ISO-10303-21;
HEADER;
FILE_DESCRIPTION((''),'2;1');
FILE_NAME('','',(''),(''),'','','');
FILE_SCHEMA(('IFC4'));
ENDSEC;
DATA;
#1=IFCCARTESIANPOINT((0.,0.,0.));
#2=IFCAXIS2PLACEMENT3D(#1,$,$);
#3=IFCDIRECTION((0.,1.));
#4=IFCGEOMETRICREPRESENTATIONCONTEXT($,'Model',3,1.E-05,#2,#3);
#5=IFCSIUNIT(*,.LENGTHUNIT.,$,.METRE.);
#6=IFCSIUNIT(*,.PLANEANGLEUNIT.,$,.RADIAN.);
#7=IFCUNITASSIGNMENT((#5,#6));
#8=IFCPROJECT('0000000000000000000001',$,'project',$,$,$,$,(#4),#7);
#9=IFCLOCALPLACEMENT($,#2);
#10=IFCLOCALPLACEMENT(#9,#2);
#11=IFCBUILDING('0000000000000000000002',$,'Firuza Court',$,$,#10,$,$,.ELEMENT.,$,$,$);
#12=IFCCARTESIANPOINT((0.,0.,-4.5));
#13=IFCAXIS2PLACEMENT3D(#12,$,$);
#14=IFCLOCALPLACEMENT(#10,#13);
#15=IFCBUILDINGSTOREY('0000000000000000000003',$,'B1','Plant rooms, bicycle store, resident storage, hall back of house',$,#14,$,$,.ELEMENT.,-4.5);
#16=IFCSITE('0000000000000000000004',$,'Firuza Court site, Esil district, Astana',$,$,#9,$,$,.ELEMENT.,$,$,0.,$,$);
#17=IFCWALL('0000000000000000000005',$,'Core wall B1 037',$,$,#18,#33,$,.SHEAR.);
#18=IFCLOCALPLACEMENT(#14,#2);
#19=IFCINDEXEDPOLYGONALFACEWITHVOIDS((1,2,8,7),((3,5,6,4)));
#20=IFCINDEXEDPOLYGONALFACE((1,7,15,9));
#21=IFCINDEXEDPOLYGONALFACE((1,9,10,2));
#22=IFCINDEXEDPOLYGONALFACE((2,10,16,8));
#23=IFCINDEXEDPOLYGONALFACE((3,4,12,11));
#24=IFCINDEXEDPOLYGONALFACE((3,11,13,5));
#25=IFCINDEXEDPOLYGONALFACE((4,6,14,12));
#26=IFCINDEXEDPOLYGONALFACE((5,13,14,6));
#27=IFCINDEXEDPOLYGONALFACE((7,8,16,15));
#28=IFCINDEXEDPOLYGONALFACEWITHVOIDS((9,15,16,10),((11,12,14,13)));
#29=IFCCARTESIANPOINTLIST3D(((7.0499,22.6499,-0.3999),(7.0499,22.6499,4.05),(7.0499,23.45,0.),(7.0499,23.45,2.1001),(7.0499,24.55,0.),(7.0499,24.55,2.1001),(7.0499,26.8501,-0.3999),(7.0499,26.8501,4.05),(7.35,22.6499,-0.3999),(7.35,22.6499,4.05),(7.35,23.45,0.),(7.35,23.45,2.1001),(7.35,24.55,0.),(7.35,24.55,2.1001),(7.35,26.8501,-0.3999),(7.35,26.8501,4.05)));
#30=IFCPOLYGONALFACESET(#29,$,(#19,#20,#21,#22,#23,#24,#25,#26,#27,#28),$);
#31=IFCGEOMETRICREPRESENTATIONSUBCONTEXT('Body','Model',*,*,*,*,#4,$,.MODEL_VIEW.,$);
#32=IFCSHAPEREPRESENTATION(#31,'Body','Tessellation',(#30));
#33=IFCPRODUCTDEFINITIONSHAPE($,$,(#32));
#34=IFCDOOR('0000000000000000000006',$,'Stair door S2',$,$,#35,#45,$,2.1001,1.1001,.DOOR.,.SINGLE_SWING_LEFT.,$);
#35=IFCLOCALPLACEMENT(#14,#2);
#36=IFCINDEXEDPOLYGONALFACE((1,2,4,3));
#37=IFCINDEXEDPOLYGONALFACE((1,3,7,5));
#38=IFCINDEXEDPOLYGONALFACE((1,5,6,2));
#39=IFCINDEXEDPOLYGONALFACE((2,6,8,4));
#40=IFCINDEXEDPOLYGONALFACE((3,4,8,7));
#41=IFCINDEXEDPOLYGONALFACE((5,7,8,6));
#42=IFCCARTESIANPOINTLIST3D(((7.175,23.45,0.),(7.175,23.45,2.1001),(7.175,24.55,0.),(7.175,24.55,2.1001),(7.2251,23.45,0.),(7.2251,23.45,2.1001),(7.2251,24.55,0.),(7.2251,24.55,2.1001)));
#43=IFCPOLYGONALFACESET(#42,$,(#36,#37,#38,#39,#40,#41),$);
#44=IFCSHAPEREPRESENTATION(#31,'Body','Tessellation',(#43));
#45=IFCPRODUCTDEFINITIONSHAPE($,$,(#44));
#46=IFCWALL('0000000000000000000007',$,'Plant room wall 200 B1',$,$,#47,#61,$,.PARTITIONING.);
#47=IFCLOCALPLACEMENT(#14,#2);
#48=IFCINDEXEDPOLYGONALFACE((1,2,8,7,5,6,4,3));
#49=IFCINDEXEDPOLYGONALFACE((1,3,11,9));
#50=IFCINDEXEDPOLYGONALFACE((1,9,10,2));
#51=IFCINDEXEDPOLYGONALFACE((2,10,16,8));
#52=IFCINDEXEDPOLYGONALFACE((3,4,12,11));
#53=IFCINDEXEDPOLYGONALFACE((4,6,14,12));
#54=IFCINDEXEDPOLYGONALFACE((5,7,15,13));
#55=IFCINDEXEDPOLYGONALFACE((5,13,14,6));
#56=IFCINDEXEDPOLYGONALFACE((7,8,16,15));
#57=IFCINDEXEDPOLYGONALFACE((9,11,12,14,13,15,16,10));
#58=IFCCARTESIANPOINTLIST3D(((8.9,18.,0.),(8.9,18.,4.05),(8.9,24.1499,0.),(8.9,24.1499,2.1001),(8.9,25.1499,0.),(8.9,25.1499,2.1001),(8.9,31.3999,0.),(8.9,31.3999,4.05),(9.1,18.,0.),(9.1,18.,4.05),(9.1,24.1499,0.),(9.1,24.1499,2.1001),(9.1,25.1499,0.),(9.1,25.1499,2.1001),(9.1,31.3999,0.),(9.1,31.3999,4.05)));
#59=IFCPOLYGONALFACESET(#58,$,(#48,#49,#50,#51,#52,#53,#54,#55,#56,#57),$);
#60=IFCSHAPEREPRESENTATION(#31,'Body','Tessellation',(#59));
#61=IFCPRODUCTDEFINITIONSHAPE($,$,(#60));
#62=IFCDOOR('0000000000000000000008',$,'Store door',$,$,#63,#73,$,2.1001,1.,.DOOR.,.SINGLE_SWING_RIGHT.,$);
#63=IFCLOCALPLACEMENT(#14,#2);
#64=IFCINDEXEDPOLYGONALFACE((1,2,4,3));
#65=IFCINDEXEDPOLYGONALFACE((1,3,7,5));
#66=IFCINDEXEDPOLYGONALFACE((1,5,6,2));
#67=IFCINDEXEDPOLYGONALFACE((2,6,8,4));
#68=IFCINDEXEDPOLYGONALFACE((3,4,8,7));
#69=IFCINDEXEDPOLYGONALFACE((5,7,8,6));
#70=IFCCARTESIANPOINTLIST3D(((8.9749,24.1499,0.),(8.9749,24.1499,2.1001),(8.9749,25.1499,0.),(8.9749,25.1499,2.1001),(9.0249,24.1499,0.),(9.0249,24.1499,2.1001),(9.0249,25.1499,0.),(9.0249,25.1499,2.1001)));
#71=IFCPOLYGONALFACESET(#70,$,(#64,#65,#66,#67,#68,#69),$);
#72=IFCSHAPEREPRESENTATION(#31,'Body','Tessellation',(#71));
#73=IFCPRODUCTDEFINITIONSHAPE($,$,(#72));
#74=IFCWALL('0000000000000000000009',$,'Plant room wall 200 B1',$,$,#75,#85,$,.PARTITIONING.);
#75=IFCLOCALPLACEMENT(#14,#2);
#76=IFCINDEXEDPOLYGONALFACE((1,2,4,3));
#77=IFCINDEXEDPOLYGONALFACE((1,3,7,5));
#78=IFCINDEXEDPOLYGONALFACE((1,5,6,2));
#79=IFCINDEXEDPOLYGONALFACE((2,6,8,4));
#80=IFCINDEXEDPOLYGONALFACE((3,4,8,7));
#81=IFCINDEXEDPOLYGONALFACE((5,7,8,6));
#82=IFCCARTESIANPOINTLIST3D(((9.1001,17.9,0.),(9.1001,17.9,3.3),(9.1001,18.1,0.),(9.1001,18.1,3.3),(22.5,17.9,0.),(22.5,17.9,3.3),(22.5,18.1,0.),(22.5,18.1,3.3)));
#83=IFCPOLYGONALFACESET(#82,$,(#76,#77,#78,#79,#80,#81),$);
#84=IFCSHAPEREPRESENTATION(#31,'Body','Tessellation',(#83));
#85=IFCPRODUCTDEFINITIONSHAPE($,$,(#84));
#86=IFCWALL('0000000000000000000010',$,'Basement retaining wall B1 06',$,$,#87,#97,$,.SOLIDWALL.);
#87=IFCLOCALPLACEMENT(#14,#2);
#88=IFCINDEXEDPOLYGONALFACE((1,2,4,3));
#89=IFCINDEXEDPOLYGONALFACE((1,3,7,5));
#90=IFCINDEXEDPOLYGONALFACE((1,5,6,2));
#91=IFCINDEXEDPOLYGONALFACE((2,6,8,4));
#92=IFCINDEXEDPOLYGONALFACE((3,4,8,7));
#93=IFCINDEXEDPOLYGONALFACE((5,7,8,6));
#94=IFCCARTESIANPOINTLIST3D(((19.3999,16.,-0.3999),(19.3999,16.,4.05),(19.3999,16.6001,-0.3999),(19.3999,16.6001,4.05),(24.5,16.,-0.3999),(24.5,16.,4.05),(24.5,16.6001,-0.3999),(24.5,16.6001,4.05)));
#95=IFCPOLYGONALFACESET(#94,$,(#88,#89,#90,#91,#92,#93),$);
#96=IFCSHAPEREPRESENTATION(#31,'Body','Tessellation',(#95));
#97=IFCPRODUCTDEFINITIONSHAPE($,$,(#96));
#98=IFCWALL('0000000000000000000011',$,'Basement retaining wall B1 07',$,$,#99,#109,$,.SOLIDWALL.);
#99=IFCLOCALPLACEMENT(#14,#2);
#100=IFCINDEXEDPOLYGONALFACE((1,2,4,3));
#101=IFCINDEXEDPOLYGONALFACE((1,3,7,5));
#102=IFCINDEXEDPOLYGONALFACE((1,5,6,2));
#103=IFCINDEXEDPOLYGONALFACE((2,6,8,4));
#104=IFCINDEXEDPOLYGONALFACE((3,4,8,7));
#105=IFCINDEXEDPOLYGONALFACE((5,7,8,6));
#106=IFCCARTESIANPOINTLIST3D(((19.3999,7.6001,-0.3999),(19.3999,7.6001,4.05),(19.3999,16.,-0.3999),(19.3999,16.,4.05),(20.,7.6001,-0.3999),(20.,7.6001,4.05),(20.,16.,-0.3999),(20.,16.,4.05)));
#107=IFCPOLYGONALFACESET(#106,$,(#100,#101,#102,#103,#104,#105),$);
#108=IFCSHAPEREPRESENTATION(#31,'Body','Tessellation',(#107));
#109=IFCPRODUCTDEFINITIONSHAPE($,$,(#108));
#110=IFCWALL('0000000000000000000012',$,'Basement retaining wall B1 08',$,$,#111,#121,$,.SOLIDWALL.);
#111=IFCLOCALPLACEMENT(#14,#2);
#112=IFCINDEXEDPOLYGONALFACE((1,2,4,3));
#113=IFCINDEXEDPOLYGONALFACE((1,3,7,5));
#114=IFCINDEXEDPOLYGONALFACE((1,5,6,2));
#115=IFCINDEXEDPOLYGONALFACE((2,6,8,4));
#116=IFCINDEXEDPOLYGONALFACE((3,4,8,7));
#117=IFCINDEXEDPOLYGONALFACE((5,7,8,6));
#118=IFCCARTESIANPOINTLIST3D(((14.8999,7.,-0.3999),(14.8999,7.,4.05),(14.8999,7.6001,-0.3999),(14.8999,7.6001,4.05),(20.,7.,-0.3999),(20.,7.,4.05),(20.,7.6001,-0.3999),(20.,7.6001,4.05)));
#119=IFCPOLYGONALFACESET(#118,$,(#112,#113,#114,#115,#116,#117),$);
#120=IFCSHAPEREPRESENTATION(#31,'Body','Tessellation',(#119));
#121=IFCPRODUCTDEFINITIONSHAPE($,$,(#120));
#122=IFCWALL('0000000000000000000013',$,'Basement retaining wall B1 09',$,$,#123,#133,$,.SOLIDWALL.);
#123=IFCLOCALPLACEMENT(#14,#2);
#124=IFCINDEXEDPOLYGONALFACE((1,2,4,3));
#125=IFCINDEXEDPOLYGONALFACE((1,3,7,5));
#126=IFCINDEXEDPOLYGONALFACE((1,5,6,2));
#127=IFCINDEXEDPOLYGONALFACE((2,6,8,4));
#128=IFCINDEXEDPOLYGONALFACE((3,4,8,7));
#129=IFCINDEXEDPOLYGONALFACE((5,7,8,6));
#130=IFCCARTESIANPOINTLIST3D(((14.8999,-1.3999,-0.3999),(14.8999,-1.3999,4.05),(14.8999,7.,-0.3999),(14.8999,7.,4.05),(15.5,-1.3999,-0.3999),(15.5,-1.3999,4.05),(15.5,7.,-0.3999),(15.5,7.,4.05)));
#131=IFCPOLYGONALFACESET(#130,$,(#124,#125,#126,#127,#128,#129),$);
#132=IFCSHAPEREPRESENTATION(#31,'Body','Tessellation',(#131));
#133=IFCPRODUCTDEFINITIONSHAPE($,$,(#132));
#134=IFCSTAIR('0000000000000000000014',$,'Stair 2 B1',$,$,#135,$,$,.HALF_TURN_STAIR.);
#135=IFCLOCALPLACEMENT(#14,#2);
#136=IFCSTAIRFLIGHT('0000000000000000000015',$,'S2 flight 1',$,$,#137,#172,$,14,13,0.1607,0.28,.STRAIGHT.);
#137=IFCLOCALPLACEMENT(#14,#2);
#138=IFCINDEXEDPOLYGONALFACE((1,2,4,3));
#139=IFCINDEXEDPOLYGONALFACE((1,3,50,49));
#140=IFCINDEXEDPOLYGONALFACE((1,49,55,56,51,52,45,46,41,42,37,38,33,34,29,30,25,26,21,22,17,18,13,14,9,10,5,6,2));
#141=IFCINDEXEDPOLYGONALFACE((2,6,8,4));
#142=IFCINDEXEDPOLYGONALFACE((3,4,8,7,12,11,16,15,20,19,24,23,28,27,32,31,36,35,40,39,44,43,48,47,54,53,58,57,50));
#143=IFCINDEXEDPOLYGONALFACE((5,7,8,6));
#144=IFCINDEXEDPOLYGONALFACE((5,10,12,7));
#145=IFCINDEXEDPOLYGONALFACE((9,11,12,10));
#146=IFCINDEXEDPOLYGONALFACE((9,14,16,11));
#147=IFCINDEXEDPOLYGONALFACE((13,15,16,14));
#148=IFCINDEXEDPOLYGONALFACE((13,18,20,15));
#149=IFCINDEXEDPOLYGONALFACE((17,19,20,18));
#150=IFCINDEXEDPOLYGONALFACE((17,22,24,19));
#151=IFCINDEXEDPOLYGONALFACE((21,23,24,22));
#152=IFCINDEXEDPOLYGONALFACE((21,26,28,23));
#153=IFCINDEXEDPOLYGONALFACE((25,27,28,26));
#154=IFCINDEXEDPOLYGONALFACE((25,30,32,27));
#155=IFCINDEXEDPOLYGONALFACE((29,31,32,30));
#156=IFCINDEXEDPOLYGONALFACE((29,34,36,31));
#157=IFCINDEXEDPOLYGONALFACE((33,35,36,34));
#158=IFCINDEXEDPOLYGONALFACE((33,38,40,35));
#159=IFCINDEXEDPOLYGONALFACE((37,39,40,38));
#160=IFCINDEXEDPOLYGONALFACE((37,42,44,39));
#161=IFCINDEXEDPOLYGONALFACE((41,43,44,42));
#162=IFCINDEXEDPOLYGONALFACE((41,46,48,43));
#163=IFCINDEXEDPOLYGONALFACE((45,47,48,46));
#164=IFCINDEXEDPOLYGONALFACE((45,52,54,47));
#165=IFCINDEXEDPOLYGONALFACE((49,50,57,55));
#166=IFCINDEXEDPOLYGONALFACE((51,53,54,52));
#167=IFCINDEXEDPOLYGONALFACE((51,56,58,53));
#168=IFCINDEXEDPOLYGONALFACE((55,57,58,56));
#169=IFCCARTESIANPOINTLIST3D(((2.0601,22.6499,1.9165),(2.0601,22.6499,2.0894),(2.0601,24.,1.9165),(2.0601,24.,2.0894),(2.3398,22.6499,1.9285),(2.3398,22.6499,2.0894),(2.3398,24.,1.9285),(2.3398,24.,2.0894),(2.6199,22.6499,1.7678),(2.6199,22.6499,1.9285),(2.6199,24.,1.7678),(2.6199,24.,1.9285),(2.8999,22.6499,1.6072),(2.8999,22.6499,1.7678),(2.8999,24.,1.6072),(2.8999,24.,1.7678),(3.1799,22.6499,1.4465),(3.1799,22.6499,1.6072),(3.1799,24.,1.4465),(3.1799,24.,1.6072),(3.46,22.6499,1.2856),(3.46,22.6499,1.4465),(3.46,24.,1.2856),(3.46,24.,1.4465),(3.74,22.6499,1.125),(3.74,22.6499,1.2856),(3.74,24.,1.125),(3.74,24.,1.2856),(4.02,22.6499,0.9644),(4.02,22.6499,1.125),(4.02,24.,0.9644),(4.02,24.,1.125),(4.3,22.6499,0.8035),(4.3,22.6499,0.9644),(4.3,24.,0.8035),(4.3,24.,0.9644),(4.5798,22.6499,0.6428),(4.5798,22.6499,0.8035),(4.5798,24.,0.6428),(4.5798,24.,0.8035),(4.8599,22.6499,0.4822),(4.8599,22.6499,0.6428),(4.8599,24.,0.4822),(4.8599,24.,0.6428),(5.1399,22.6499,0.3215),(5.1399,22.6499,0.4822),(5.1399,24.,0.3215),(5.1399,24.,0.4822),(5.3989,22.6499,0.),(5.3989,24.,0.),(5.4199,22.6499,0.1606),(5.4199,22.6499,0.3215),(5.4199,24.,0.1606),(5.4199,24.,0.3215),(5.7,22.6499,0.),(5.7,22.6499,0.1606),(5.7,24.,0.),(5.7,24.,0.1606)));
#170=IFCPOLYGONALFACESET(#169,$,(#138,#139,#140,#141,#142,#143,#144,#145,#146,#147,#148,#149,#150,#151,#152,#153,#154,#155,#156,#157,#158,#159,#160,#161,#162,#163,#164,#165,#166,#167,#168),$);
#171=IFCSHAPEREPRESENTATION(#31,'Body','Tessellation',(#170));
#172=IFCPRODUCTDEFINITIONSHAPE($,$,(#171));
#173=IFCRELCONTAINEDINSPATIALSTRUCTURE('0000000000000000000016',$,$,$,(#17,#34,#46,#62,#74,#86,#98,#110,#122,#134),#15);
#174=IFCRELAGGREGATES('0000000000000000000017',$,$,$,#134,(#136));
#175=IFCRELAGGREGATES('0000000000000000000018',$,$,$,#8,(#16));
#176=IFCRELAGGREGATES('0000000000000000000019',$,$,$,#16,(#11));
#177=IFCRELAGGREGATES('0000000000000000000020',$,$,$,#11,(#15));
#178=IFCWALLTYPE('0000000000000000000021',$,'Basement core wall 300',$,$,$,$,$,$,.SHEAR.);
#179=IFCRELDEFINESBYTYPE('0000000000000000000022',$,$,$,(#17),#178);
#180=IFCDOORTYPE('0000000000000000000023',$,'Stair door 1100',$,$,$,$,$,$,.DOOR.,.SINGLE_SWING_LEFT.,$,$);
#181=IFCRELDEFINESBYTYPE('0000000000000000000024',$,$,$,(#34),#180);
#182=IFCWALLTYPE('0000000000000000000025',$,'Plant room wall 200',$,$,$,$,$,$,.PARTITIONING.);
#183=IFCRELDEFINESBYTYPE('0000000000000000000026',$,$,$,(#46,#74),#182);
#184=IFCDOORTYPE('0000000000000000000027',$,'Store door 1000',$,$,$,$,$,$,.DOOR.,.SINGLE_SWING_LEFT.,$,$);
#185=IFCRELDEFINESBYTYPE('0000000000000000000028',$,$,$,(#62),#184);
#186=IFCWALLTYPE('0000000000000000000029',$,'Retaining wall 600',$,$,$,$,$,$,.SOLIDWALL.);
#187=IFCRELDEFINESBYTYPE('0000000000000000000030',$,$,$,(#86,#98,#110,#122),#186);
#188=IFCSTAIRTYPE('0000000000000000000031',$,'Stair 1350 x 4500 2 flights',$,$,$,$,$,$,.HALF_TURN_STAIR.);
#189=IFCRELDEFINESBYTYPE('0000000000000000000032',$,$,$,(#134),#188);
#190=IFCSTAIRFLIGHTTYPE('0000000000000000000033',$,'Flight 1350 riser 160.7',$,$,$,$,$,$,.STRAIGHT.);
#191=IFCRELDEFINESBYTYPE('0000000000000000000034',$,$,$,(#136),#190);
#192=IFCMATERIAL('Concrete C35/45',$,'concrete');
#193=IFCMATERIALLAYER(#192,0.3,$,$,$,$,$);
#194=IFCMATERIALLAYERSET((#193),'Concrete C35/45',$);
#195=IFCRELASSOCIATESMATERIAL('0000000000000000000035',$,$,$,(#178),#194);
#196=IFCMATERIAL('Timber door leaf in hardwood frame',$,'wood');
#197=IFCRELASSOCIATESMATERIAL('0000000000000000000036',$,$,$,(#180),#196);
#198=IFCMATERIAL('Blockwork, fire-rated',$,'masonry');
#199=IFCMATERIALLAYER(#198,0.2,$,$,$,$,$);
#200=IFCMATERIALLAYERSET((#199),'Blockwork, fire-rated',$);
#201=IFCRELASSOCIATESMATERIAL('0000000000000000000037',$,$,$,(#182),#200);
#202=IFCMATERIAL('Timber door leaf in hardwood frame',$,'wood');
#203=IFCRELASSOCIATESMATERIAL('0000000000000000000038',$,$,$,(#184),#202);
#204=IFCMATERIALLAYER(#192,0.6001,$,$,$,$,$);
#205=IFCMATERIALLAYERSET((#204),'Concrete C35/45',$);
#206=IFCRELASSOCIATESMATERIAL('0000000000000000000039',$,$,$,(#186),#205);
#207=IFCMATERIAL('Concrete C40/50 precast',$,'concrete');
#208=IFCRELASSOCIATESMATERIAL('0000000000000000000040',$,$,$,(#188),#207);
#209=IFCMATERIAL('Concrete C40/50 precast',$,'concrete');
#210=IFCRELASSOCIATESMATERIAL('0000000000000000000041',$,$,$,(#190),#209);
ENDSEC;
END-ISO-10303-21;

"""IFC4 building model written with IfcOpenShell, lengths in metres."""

from ifc_helpers import new_model, si_unit, direction, frame, frame_2d, origin, place, context, subcontext, project, spatial, polyline, rectangle, outline, extrude, material, layer, layer_set, type_object, element, fill, aggregate, save


model = new_model("IFC4")

# Units and contexts
model_context = context("Model", 3, precision=1e-05, world=origin(), true_north=direction((0.0, 1.0)))
body_context = subcontext(model_context, "Body", "Model", "MODEL_VIEW")
ifc_project = project(units=[si_unit("LENGTHUNIT", "METRE"), si_unit("PLANEANGLEUNIT", "RADIAN")], contexts=[model_context])

# Site, building, storey
site_placement = place(None, origin())
site = spatial("IfcSite", under=ifc_project, at=site_placement, Name="Firuza Court site, Esil district, Astana", CompositionType="ELEMENT", RefElevation=0.0)
building_placement = place(site_placement, origin())
building = spatial("IfcBuilding", under=site, at=building_placement, Name="Firuza Court", CompositionType="ELEMENT")
storey_placement = place(building_placement, frame((0.0, 0.0, -4.5)))
storey = spatial("IfcBuildingStorey", under=building, at=storey_placement, Name="B1", Description="Plant rooms, bicycle store, resident storage, hall back of house", CompositionType="ELEMENT", Elevation=-4.5)

# Shared definitions
ifc_material_1 = material(Name="Concrete C35/45", Category="concrete")
ifc_layer_1 = layer(ifc_material_1, 0.3)
ifc_layer_set_1 = layer_set([ifc_layer_1], Name="Concrete C35/45")
wall_type_1 = type_object("IfcWallType", Name="Basement core wall 300", PredefinedType="SHEAR", material=ifc_layer_set_1)

# Walls, openings, doors
wall_1_placement = place(storey_placement, frame((7.2, 22.6499, -0.3999), z_axis=(0.0, 0.0, 1.0), x_axis=(0.0, 1.0, 0.0)))
wall_1 = element("IfcWall", 1, at=wall_1_placement, inside=storey, type_object=wall_type_1, Name="Core wall B1 037", PredefinedType="SHEAR", context=body_context, shape_type="SweptSolid", body=[
    extrude(rectangle(XDim=4.2002, YDim=0.3, at=frame_2d((2.1001, 0.0))), origin(), (0.0, 0.0, 1.0), 4.45),
])
opening_1_placement = place(wall_1_placement, frame((0.8, 0.0, 0.3999)))
opening_1 = element("IfcOpeningElement", 2, at=opening_1_placement, cuts=wall_1, PredefinedType="OPENING", context=body_context, shape_type="SweptSolid", body=[
    extrude(rectangle(XDim=1.1001, YDim=2.1001, at=frame_2d((0.55, 1.05))), frame((0.0, 0.1621, 0.0), z_axis=(0.0, -1.0, 0.0), x_axis=(1.0, 0.0, 0.0)), (0.0, 0.0, 1.0), 0.324),
])
ifc_material_2 = material(Name="Timber door leaf in hardwood frame", Category="wood")
door_type_1 = type_object("IfcDoorType", Name="Stair door 1100", OperationType="SINGLE_SWING_LEFT", PredefinedType="DOOR", material=ifc_material_2)
door_1_placement = place(opening_1_placement, origin())
door_1 = element("IfcDoor", 3, at=door_1_placement, inside=storey, type_object=door_type_1, Name="Stair door S2", OperationType="SINGLE_SWING_LEFT", OverallHeight=2.1001, OverallWidth=1.1001, PredefinedType="DOOR", context=body_context, shape_type="SweptSolid", body=[
    extrude(rectangle(XDim=1.1001, YDim=2.1001, at=frame_2d((0.55, 1.05))), frame((0.0, 0.0249, 0.0), z_axis=(0.0, -1.0, 0.0), x_axis=(1.0, 0.0, 0.0)), (0.0, 0.0, 1.0), 0.05),
])
fill(opening_1, door_1)
ifc_material_3 = material(Name="Blockwork, fire-rated", Category="masonry")
ifc_layer_2 = layer(ifc_material_3, 0.2)
ifc_layer_set_2 = layer_set([ifc_layer_2], Name="Blockwork, fire-rated")
wall_type_2 = type_object("IfcWallType", Name="Plant room wall 200", PredefinedType="PARTITIONING", material=ifc_layer_set_2)
wall_2_placement = place(storey_placement, frame((9.0, 18.0, 0.0), z_axis=(0.0, 0.0, 1.0), x_axis=(0.0, 1.0, 0.0)))
wall_2 = element("IfcWall", 4, at=wall_2_placement, inside=storey, type_object=wall_type_2, Name="Plant room wall 200 B1", PredefinedType="PARTITIONING", context=body_context, shape_type="SweptSolid", body=[
    extrude(rectangle(XDim=13.3999, YDim=0.2, at=frame_2d((6.7, 0.0))), origin(), (0.0, 0.0, 1.0), 4.05),
])
opening_2_placement = place(wall_2_placement, frame((6.1499, 0.0, 0.0)))
opening_2 = element("IfcOpeningElement", 5, at=opening_2_placement, cuts=wall_2, PredefinedType="OPENING", context=body_context, shape_type="SweptSolid", body=[
    extrude(rectangle(XDim=1.0, YDim=2.1001, at=frame_2d((0.5, 1.05))), frame((0.0, 0.1118, 0.0), z_axis=(0.0, -1.0, 0.0), x_axis=(1.0, 0.0, 0.0)), (0.0, 0.0, 1.0), 0.2239),
])
ifc_material_4 = material(Name="Timber door leaf in hardwood frame", Category="wood")
door_type_2 = type_object("IfcDoorType", Name="Store door 1000", OperationType="SINGLE_SWING_LEFT", PredefinedType="DOOR", material=ifc_material_4)
door_2_placement = place(opening_2_placement, frame((1.0, 0.0, 0.0), z_axis=(0.0, 0.0, 1.0), x_axis=(-1.0, 0.0, 0.0)))
door_2 = element("IfcDoor", 6, at=door_2_placement, inside=storey, type_object=door_type_2, Name="Store door", OperationType="SINGLE_SWING_RIGHT", OverallHeight=2.1001, OverallWidth=1.0, PredefinedType="DOOR", context=body_context, shape_type="SweptSolid", body=[
    extrude(rectangle(XDim=1.0, YDim=2.1001, at=frame_2d((0.5, 1.05))), frame((0.0, 0.0249, 0.0), z_axis=(0.0, -1.0, 0.0), x_axis=(1.0, 0.0, 0.0)), (0.0, 0.0, 1.0), 0.05),
])
fill(opening_2, door_2)

# Walls
wall_3_placement = place(storey_placement, frame((22.5, 18.0, 0.0), z_axis=(0.0, 0.0, 1.0), x_axis=(-1.0, 0.0, 0.0)))
element("IfcWall", 7, at=wall_3_placement, inside=storey, type_object=wall_type_2, Name="Plant room wall 200 B1", PredefinedType="PARTITIONING", context=body_context, shape_type="SweptSolid", body=[
    extrude(rectangle(XDim=13.3999, YDim=0.2, at=frame_2d((6.7, 0.0))), origin(), (0.0, 0.0, 1.0), 3.3),
])
ifc_layer_3 = layer(ifc_material_1, 0.6001)
ifc_layer_set_3 = layer_set([ifc_layer_3], Name="Concrete C35/45")
wall_type_3 = type_object("IfcWallType", Name="Retaining wall 600", PredefinedType="SOLIDWALL", material=ifc_layer_set_3)
wall_4_placement = place(storey_placement, frame((24.5, 16.3, -0.3999), z_axis=(0.0, 0.0, 1.0), x_axis=(-1.0, 0.0, 0.0)))
element("IfcWall", 8, at=wall_4_placement, inside=storey, type_object=wall_type_3, Name="Basement retaining wall B1 06", PredefinedType="SOLIDWALL", context=body_context, shape_type="SweptSolid", body=[
    extrude(rectangle(XDim=5.1001, YDim=0.6001, at=frame_2d((2.55, 0.0))), origin(), (0.0, 0.0, 1.0), 4.45),
])
wall_5_placement = place(storey_placement, frame((19.7, 16.0, -0.3999), z_axis=(0.0, 0.0, 1.0), x_axis=(0.0, -1.0, 0.0)))
element("IfcWall", 9, at=wall_5_placement, inside=storey, type_object=wall_type_3, Name="Basement retaining wall B1 07", PredefinedType="SOLIDWALL", context=body_context, shape_type="SweptSolid", body=[
    extrude(rectangle(XDim=8.3999, YDim=0.6001, at=frame_2d((4.2, 0.0))), origin(), (0.0, 0.0, 1.0), 4.45),
])
wall_6_placement = place(storey_placement, frame((20.0, 7.3, -0.3999), z_axis=(0.0, 0.0, 1.0), x_axis=(-1.0, 0.0, 0.0)))
element("IfcWall", 10, at=wall_6_placement, inside=storey, type_object=wall_type_3, Name="Basement retaining wall B1 08", PredefinedType="SOLIDWALL", context=body_context, shape_type="SweptSolid", body=[
    extrude(rectangle(XDim=5.1001, YDim=0.6001, at=frame_2d((2.55, 0.0))), origin(), (0.0, 0.0, 1.0), 4.45),
])
wall_7_placement = place(storey_placement, frame((15.2, 7.0, -0.3999), z_axis=(0.0, 0.0, 1.0), x_axis=(0.0, -1.0, 0.0)))
element("IfcWall", 11, at=wall_7_placement, inside=storey, type_object=wall_type_3, Name="Basement retaining wall B1 09", PredefinedType="SOLIDWALL", context=body_context, shape_type="SweptSolid", body=[
    extrude(rectangle(XDim=8.3999, YDim=0.6001, at=frame_2d((4.2, 0.0))), origin(), (0.0, 0.0, 1.0), 4.45),
])

# Stair, stair flight
ifc_material_5 = material(Name="Concrete C40/50 precast", Category="concrete")
stair_type = type_object("IfcStairType", Name="Stair 1350 x 4500 2 flights", PredefinedType="HALF_TURN_STAIR", material=ifc_material_5)
stair_placement = place(storey_placement, origin())
stair = element("IfcStair", 12, at=stair_placement, inside=storey, type_object=stair_type, Name="Stair 2 B1", PredefinedType="HALF_TURN_STAIR")
ifc_material_6 = material(Name="Concrete C40/50 precast", Category="concrete")
stair_flight_type = type_object("IfcStairFlightType", Name="Flight 1350 riser 160.7", PredefinedType="STRAIGHT", material=ifc_material_6)
stair_flight_placement = place(storey_placement, frame((5.7, 23.325, 0.0), z_axis=(0.0, 0.0, 1.0), x_axis=(-1.0, 0.0, 0.0)))
stair_flight = element("IfcStairFlight", 13, at=stair_flight_placement, type_object=stair_flight_type, Name="S2 flight 1", NumberOfRisers=14, NumberOfTreads=13, PredefinedType="STRAIGHT", RiserHeight=0.1607, TreadLength=0.28, context=body_context, shape_type="SweptSolid", body=[
    extrude(outline(polyline([(0.0, 0.0), (0.0, 0.1606), (0.28, 0.1606), (0.28, 0.3215), (0.5601, 0.3215), (0.5601, 0.4822), (0.8401, 0.4822), (0.8401, 0.6428), (1.1201, 0.6428), (1.1201, 0.8035), (1.3999, 0.8035), (1.3999, 0.9644), (1.6799, 0.9644), (1.6799, 1.125), (1.96, 1.125), (1.96, 1.2856), (2.24, 1.2856), (2.24, 1.4465), (2.52, 1.4465), (2.52, 1.6072), (2.8, 1.6072), (2.8, 1.7678), (3.0801, 1.7678), (3.0801, 1.9285), (3.3601, 1.9285), (3.3601, 2.0894), (3.6399, 2.0894), (3.6399, 2.25), (3.6399, 1.9165), (0.301, 0.0), (0.0, 0.0)])), frame((0.0, 0.675, 0.0), z_axis=(0.0, -1.0, 0.0), x_axis=(1.0, 0.0, 0.0)), (0.0, 0.0, 1.0), 1.3501),
])
aggregate(stair, [stair_flight])

save(model, "model.ifc")
